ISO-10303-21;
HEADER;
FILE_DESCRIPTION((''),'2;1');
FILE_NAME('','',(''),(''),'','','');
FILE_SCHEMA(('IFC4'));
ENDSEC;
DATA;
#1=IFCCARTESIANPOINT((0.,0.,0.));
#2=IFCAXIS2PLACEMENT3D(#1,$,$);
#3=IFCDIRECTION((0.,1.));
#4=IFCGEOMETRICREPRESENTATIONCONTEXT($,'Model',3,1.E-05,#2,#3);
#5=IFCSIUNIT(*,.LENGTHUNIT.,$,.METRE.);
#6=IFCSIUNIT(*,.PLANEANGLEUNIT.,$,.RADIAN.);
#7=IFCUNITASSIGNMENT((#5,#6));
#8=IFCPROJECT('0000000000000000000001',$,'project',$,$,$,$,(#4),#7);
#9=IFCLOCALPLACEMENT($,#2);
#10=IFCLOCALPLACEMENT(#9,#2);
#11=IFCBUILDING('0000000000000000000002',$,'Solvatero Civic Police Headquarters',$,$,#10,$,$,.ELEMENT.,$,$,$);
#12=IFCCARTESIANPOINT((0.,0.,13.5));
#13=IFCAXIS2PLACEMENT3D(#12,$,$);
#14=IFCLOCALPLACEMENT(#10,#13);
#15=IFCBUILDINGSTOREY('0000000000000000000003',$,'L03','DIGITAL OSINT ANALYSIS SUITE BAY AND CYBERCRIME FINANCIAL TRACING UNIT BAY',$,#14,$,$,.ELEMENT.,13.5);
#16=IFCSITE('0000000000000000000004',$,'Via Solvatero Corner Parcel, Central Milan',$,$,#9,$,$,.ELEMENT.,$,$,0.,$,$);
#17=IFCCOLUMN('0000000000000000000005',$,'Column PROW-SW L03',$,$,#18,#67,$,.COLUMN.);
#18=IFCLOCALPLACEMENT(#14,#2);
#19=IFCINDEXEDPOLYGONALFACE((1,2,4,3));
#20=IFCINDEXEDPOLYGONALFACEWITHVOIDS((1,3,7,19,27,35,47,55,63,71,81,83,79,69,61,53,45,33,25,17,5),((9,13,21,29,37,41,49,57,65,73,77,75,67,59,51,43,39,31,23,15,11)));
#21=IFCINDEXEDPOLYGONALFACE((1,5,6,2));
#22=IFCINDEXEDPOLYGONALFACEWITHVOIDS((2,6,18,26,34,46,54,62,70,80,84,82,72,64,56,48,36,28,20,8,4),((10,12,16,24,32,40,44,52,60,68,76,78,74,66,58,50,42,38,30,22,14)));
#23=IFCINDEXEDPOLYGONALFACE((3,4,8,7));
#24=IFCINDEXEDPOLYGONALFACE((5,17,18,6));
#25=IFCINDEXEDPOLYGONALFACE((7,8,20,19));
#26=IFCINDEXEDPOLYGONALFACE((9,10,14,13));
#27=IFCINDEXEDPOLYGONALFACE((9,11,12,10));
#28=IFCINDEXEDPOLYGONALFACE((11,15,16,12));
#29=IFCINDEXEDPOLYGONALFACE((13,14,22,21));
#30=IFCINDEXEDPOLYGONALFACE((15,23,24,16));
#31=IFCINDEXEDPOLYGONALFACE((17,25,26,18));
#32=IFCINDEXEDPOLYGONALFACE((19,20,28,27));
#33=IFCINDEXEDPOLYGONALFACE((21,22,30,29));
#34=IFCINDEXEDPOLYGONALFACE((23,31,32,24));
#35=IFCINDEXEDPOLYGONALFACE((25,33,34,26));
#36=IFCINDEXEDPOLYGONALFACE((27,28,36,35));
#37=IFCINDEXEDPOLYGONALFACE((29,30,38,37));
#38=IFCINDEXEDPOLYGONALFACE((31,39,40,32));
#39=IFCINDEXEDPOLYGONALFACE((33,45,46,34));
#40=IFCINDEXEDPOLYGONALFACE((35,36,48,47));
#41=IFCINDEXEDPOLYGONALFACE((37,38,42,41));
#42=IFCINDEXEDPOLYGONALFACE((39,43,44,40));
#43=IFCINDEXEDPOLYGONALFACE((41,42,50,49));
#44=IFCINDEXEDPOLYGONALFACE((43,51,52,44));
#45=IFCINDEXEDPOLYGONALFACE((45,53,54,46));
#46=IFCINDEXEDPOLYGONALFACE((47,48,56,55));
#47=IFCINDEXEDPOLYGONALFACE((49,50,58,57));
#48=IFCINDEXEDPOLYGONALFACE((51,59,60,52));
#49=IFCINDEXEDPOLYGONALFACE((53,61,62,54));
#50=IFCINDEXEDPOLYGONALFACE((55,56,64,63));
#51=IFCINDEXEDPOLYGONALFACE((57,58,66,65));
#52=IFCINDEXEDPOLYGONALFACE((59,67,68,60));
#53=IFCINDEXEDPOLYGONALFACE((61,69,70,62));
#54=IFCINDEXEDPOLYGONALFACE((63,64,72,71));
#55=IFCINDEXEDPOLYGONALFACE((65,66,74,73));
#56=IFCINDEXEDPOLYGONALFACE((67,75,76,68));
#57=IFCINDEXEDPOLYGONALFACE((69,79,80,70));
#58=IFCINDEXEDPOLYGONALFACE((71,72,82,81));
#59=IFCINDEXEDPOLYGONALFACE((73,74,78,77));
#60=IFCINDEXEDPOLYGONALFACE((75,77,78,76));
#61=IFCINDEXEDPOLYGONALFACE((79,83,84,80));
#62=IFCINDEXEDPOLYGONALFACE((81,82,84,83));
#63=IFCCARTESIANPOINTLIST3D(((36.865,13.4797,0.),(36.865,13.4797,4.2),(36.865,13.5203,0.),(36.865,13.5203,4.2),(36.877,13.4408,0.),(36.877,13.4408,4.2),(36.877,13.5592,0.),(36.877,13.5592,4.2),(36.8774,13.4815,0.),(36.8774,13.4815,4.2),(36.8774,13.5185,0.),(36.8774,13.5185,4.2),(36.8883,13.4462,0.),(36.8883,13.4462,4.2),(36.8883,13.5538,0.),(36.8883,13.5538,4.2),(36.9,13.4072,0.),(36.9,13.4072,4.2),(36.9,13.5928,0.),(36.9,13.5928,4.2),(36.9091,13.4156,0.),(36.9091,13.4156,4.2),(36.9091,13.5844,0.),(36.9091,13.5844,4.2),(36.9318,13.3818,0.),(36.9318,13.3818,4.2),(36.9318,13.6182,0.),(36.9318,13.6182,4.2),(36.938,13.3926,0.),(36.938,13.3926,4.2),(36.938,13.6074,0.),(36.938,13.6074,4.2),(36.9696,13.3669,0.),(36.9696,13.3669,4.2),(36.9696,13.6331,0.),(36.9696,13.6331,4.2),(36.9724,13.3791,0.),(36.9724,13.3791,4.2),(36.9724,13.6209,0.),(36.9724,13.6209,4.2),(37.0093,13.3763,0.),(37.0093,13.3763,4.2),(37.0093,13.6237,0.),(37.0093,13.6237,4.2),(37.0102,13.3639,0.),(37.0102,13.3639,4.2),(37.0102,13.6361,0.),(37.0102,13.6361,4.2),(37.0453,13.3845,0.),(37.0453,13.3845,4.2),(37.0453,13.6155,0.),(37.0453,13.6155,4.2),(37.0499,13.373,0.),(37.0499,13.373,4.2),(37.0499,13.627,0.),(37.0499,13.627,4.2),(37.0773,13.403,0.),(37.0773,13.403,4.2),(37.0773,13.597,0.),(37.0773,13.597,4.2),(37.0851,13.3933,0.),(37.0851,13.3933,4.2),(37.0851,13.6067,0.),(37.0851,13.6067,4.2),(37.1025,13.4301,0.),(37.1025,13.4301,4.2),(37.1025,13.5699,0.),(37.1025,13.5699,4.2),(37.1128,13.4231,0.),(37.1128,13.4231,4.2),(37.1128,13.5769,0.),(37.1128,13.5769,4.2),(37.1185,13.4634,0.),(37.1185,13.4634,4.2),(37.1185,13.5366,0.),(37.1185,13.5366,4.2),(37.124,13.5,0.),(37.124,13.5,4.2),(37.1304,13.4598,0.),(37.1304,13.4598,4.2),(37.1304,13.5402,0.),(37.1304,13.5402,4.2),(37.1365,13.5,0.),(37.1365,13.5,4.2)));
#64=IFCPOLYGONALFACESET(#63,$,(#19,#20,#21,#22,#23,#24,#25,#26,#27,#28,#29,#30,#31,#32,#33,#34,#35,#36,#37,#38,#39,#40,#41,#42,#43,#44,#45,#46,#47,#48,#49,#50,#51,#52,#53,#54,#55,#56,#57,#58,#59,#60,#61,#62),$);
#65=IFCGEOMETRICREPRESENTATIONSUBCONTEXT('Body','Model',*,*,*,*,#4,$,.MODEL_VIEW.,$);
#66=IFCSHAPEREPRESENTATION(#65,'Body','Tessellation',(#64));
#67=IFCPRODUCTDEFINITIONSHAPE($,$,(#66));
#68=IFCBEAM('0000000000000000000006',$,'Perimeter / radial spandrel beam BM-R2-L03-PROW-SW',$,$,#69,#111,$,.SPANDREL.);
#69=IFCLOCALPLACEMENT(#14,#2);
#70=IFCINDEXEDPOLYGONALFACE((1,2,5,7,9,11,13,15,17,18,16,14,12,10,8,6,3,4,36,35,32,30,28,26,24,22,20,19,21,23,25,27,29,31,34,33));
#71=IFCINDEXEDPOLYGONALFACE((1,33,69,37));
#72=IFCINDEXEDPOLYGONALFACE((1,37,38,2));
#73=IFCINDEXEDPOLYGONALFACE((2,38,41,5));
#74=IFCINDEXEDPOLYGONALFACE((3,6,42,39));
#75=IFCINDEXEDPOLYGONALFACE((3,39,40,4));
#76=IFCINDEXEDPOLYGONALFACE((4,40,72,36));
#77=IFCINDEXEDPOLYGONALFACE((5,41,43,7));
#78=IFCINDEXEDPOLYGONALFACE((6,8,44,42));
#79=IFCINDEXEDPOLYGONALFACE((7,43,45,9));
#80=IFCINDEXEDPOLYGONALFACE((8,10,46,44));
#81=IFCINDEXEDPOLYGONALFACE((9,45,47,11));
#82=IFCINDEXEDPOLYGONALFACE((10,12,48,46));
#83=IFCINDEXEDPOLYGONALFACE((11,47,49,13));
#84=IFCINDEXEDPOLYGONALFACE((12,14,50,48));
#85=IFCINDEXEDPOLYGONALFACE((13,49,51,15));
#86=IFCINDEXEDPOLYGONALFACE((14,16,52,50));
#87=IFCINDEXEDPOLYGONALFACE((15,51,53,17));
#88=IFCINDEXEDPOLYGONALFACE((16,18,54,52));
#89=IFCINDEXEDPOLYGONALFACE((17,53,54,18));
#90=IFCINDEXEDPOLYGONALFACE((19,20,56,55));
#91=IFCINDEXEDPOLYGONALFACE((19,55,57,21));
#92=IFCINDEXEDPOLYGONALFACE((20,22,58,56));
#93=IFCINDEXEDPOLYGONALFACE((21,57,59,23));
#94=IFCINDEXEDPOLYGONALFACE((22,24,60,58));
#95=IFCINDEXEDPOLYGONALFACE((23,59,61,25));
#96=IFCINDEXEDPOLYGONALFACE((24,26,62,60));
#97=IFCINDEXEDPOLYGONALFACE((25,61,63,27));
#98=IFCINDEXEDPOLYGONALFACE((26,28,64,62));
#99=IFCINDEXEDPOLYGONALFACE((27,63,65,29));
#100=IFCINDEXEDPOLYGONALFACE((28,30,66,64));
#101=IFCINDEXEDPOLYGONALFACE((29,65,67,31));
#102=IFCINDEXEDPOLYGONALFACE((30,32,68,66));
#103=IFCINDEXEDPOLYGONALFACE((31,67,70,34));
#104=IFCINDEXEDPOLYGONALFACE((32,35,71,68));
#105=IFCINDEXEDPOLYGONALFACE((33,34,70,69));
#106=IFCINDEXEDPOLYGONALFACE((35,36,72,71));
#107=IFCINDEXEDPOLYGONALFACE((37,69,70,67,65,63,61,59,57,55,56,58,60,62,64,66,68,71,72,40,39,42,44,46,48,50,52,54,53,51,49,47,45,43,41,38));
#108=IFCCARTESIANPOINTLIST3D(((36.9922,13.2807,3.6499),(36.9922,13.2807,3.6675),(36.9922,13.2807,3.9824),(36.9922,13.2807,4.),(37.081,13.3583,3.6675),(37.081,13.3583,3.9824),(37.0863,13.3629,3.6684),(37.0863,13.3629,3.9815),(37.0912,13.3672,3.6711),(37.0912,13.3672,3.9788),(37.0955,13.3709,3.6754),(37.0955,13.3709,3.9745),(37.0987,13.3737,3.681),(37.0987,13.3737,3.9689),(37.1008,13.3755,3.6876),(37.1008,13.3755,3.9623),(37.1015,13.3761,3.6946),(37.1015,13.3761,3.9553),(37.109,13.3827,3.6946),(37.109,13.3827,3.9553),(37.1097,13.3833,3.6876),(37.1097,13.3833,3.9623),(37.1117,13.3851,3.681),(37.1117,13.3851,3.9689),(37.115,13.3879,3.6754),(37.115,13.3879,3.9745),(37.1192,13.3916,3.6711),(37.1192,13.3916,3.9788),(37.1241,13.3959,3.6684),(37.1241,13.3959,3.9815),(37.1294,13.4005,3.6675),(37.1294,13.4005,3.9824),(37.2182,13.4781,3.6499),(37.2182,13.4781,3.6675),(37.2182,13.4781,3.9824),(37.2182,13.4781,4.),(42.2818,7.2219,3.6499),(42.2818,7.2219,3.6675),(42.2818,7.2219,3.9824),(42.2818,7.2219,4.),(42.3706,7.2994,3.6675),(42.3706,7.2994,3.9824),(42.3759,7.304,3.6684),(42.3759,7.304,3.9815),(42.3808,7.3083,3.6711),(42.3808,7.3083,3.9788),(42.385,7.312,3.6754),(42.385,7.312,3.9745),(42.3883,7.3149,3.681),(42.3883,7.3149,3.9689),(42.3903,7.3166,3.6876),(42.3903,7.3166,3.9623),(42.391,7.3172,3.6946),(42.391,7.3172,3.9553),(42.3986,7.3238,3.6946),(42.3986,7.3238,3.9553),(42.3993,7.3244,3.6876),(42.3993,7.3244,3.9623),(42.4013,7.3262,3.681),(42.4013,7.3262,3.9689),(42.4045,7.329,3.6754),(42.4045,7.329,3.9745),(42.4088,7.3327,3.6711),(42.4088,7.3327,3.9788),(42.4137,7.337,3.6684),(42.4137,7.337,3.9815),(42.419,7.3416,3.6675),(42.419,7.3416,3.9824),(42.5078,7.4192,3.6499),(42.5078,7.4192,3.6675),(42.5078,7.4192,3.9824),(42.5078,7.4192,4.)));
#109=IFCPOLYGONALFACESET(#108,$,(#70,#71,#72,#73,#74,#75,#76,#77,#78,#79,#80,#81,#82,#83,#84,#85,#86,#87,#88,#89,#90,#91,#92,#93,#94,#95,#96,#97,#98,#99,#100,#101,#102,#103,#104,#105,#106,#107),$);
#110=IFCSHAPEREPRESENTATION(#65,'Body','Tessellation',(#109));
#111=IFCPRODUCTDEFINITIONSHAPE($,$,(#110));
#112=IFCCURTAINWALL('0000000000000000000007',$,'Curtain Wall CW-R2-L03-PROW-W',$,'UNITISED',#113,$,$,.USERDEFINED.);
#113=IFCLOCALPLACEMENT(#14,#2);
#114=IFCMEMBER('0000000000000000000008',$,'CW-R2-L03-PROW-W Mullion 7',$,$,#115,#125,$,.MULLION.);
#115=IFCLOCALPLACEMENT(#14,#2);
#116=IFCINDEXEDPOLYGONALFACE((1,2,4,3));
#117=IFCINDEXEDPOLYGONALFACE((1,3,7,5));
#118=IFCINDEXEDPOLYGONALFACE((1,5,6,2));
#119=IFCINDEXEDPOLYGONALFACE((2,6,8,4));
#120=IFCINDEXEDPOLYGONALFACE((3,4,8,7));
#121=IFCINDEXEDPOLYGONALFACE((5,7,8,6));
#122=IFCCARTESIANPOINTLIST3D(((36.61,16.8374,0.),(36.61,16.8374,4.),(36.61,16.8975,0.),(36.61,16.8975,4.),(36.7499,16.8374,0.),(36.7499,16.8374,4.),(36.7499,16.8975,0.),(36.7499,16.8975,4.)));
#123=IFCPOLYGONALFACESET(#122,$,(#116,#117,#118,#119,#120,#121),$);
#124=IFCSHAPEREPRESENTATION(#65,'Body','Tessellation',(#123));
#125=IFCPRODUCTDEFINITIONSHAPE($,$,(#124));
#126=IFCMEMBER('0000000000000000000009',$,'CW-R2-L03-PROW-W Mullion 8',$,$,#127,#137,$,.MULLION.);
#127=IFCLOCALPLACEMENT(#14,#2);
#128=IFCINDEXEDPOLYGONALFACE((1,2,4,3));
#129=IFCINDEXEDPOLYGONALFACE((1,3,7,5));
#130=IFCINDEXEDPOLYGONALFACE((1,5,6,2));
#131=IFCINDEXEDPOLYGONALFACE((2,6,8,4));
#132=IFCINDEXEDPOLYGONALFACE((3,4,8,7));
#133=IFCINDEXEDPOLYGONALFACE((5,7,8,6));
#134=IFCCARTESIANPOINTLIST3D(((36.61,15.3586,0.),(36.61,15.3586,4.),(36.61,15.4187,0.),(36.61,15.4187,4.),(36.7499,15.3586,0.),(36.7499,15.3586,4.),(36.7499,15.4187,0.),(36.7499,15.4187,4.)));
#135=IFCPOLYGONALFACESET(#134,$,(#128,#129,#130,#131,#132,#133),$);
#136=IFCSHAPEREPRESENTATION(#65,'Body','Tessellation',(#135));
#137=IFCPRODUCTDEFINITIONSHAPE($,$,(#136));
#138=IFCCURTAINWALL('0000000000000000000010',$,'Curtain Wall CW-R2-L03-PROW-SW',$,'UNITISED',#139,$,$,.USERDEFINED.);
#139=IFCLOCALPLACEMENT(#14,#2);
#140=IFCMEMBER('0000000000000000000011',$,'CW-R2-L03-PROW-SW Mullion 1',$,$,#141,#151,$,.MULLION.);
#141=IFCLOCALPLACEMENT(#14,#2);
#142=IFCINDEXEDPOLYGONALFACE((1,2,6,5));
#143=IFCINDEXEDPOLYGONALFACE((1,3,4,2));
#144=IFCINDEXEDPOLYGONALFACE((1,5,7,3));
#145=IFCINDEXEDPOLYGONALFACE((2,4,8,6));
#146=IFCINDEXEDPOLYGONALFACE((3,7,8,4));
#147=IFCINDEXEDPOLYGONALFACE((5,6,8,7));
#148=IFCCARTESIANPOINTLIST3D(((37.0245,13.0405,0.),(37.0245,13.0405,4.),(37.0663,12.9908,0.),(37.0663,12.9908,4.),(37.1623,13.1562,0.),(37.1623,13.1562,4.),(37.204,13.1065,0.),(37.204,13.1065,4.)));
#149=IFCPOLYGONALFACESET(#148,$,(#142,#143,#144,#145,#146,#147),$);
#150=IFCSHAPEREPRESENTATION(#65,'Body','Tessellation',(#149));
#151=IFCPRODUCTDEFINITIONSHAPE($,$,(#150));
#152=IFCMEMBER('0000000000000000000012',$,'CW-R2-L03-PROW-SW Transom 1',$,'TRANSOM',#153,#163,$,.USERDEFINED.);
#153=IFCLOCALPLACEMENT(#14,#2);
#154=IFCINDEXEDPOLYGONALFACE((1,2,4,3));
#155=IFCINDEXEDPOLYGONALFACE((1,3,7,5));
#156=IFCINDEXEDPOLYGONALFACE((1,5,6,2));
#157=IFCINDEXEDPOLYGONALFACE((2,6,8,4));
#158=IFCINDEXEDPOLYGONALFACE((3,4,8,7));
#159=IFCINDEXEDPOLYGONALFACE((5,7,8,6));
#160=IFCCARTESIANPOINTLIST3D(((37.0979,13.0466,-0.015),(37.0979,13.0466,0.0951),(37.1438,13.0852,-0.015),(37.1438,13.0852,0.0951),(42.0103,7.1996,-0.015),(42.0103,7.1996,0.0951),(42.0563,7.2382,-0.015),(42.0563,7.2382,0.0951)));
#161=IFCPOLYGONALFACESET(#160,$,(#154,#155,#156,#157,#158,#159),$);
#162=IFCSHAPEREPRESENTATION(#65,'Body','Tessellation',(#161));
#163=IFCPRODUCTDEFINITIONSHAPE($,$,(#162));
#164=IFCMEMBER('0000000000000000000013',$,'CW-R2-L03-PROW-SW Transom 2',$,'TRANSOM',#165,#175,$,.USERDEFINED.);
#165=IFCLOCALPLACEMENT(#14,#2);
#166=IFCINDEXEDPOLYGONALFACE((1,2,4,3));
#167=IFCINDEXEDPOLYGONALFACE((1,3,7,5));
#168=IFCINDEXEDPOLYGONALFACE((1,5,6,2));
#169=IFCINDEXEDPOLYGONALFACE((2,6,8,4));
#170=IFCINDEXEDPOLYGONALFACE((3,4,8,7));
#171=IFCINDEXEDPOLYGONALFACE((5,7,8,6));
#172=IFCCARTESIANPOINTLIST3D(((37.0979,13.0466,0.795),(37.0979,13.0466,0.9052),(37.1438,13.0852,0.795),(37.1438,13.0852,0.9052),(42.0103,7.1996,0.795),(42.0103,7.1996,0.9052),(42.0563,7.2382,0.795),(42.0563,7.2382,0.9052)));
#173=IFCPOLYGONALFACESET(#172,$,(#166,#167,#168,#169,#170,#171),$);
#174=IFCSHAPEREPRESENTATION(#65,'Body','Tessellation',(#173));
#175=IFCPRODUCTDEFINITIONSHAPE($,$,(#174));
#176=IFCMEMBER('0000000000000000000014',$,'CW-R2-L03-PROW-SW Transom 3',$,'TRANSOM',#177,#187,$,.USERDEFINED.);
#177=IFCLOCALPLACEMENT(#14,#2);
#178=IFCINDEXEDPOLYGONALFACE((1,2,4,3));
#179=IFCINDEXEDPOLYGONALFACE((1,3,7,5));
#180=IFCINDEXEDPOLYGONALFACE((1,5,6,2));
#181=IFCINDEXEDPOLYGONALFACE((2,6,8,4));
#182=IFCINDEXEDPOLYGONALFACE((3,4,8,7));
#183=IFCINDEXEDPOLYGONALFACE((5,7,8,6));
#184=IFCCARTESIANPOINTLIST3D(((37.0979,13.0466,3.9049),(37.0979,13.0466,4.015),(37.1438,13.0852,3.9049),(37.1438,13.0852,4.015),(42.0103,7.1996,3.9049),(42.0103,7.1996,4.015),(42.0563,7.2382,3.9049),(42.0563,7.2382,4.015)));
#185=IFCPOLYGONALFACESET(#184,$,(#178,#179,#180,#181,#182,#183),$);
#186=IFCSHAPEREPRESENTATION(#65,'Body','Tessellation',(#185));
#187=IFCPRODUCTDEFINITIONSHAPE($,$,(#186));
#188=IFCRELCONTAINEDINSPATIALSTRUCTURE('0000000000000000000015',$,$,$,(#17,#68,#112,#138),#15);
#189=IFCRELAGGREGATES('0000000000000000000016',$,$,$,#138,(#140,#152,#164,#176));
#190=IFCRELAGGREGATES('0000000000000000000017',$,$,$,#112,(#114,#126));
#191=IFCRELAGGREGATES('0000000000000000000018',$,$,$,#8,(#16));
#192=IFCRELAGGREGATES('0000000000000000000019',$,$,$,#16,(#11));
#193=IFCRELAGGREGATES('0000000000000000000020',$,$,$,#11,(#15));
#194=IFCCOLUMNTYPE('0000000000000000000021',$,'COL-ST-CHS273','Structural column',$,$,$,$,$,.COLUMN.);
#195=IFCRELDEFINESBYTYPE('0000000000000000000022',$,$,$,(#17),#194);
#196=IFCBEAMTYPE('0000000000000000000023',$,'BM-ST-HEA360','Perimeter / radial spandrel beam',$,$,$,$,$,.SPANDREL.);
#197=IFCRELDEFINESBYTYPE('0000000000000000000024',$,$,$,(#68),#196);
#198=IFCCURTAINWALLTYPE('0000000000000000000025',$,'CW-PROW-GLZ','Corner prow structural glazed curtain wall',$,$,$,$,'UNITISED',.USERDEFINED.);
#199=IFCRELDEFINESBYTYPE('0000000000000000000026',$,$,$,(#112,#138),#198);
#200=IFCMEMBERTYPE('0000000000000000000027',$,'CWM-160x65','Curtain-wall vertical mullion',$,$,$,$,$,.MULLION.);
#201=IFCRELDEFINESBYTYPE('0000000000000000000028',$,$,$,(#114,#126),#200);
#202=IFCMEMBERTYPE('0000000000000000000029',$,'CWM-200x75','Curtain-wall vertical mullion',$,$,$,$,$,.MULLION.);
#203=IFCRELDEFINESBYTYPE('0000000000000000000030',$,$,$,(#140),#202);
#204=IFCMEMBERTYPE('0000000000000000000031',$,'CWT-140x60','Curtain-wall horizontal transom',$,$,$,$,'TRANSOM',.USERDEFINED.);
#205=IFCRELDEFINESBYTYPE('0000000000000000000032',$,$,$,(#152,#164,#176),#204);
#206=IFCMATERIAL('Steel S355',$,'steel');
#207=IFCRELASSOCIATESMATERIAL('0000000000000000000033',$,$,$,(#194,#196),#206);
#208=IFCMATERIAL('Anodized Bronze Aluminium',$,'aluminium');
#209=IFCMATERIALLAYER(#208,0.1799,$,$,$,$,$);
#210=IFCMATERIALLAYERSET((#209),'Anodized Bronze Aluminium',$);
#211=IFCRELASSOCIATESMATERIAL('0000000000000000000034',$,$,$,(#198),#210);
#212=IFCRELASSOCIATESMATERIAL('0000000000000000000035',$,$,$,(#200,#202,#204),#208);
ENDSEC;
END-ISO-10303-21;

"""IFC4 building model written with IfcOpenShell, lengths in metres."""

from ifc_helpers import new_model, si_unit, direction, frame, origin, origin_2d, place, context, subcontext, project, spatial, rectangle, hollow_circle, i_section, extrude, material, layer, layer_set, material_profile, profile_set, type_object, element, aggregate, save


model = new_model("IFC4")

# Units and contexts
model_context = context("Model", 3, precision=1e-05, world=origin(), true_north=direction((0.0, 1.0)))
body_context = subcontext(model_context, "Body", "Model", "MODEL_VIEW")
ifc_project = project(units=[si_unit("LENGTHUNIT", "METRE"), si_unit("PLANEANGLEUNIT", "RADIAN")], contexts=[model_context])

# Site, building, storey
site_placement = place(None, origin())
site = spatial("IfcSite", under=ifc_project, at=site_placement, Name="Via Solvatero Corner Parcel, Central Milan", CompositionType="ELEMENT", RefElevation=0.0)
building_placement = place(site_placement, origin())
building = spatial("IfcBuilding", under=site, at=building_placement, Name="Solvatero Civic Police Headquarters", CompositionType="ELEMENT")
storey_placement = place(building_placement, frame((0.0, 0.0, 13.5)))
storey = spatial("IfcBuildingStorey", under=building, at=storey_placement, Name="L03", Description="DIGITAL OSINT ANALYSIS SUITE BAY AND CYBERCRIME FINANCIAL TRACING UNIT BAY", CompositionType="ELEMENT", Elevation=13.5)

# Column
ifc_material_1 = material(Name="Steel S355", Category="steel")
ifc_material_profile_1 = material_profile(ifc_material_1, hollow_circle(Radius=0.1365, WallThickness=0.0125, at=origin_2d()), Name="CHS 273.0x12.5")
ifc_profile_set_1 = profile_set([ifc_material_profile_1], Name="Steel S355")
column_type = type_object("IfcColumnType", Name="COL-ST-CHS273", Description="Structural column", PredefinedType="COLUMN", material=ifc_profile_set_1)
column_placement = place(storey_placement, frame((37.0, 13.5, 0.0), z_axis=(0.0, 0.0, 1.0), x_axis=(1.0, 0.0, 0.0)))
element("IfcColumn", 1, at=column_placement, inside=storey, type_object=column_type, Name="Column PROW-SW L03", PredefinedType="COLUMN", context=body_context, shape_type="SweptSolid", body=[
    extrude(hollow_circle(Radius=0.1365, WallThickness=0.0125, at=origin_2d()), origin(), (0.0, 0.0, 1.0), 4.2),
])

# Beam
ifc_material_profile_2 = material_profile(ifc_material_1, i_section(OverallWidth=0.3, OverallDepth=0.3501, WebThickness=0.01, FlangeThickness=0.0176, FilletRadius=0.0271, at=origin_2d()), Name="HEA 360")
ifc_profile_set_2 = profile_set([ifc_material_profile_2], Name="Steel S355")
beam_type = type_object("IfcBeamType", Name="BM-ST-HEA360", Description="Perimeter / radial spandrel beam", PredefinedType="SPANDREL", material=ifc_profile_set_2)
beam_placement = place(storey_placement, frame((37.1052, 13.3794, 3.825), z_axis=(0.657664, -0.753311, 0.0), x_axis=(0.753311, 0.657664, 0.0)))
element("IfcBeam", 2, at=beam_placement, inside=storey, type_object=beam_type, Name="Perimeter / radial spandrel beam BM-R2-L03-PROW-SW", PredefinedType="SPANDREL", context=body_context, shape_type="SweptSolid", body=[
    extrude(i_section(OverallWidth=0.3, OverallDepth=0.3501, WebThickness=0.01, FlangeThickness=0.0176, FilletRadius=0.0271, at=origin_2d()), origin(), (0.0, 0.0, 1.0), 8.043),
])

# Curtain walls, members
ifc_material_2 = material(Name="Anodized Bronze Aluminium", Category="aluminium")
ifc_layer_1 = layer(ifc_material_2, 0.1799)
ifc_layer_set_1 = layer_set([ifc_layer_1], Name="Anodized Bronze Aluminium")
curtain_wall_type = type_object("IfcCurtainWallType", Name="CW-PROW-GLZ", Description="Corner prow structural glazed curtain wall", ElementType="UNITISED", PredefinedType="USERDEFINED", material=ifc_layer_set_1)
curtain_wall_1_placement = place(storey_placement, origin())
curtain_wall_1 = element("IfcCurtainWall", 3, at=curtain_wall_1_placement, inside=storey, type_object=curtain_wall_type, Name="Curtain Wall CW-R2-L03-PROW-W", ObjectType="UNITISED", PredefinedType="USERDEFINED")
ifc_material_profile_3 = material_profile(ifc_material_2, rectangle(XDim=0.0601, YDim=0.1399, at=origin_2d()), Name="ALU MULLION 60x140")
ifc_profile_set_3 = profile_set([ifc_material_profile_3], Name="Anodized Bronze Aluminium")
member_type_1 = type_object("IfcMemberType", Name="CWM-160x65", Description="Curtain-wall vertical mullion", PredefinedType="MULLION", material=ifc_profile_set_3)
member_1_placement = place(storey_placement, frame((36.6799, 16.8674, 0.0), z_axis=(0.0, 0.0, 1.0), x_axis=(0.0, -1.0, 0.0)))
member_1 = element("IfcMember", 4, at=member_1_placement, type_object=member_type_1, Name="CW-R2-L03-PROW-W Mullion 7", PredefinedType="MULLION", context=body_context, shape_type="SweptSolid", body=[
    extrude(rectangle(XDim=0.0601, YDim=0.1399, at=origin_2d()), origin(), (0.0, 0.0, 1.0), 4.0),
])
member_2_placement = place(storey_placement, frame((36.6799, 15.3887, 0.0), z_axis=(0.0, 0.0, 1.0), x_axis=(0.0, -1.0, 0.0)))
member_2 = element("IfcMember", 5, at=member_2_placement, type_object=member_type_1, Name="CW-R2-L03-PROW-W Mullion 8", PredefinedType="MULLION", context=body_context, shape_type="SweptSolid", body=[
    extrude(rectangle(XDim=0.0601, YDim=0.1399, at=origin_2d()), origin(), (0.0, 0.0, 1.0), 4.0),
])
curtain_wall_2_placement = place(storey_placement, origin())
curtain_wall_2 = element("IfcCurtainWall", 6, at=curtain_wall_2_placement, inside=storey, type_object=curtain_wall_type, Name="Curtain Wall CW-R2-L03-PROW-SW", ObjectType="UNITISED", PredefinedType="USERDEFINED")
ifc_material_profile_4 = material_profile(ifc_material_2, rectangle(XDim=0.0649, YDim=0.1799, at=origin_2d()), Name="ALU MULLION 65x180")
ifc_profile_set_4 = profile_set([ifc_material_profile_4], Name="Anodized Bronze Aluminium")
member_type_2 = type_object("IfcMemberType", Name="CWM-200x75", Description="Curtain-wall vertical mullion", PredefinedType="MULLION", material=ifc_profile_set_4)
member_3_placement = place(storey_placement, frame((37.1143, 13.0735, 0.0), z_axis=(0.0, 0.0, 1.0), x_axis=(0.643282, -0.765629, 0.0)))
member_3 = element("IfcMember", 7, at=member_3_placement, type_object=member_type_2, Name="CW-R2-L03-PROW-SW Mullion 1", PredefinedType="MULLION", context=body_context, shape_type="SweptSolid", body=[
    extrude(rectangle(XDim=0.0649, YDim=0.1799, at=origin_2d()), origin(), (0.0, 0.0, 1.0), 4.0),
])
ifc_material_profile_5 = material_profile(ifc_material_2, rectangle(XDim=0.0601, YDim=0.1101, at=origin_2d()), Name="ALU TRANSOM 60x110")
ifc_profile_set_5 = profile_set([ifc_material_profile_5], Name="Anodized Bronze Aluminium")
member_type_3 = type_object("IfcMemberType", Name="CWT-140x60", Description="Curtain-wall horizontal transom", ElementType="TRANSOM", PredefinedType="USERDEFINED", material=ifc_profile_set_5)
member_4_placement = place(storey_placement, frame((37.1208, 13.0659, 0.04), z_axis=(0.643264, -0.765644, 0.0), x_axis=(0.765644, 0.643264, 0.0)))
member_4 = element("IfcMember", 8, at=member_4_placement, type_object=member_type_3, Name="CW-R2-L03-PROW-SW Transom 1", ObjectType="TRANSOM", PredefinedType="USERDEFINED", context=body_context, shape_type="SweptSolid", body=[
    extrude(rectangle(XDim=0.0601, YDim=0.1101, at=origin_2d()), origin(), (0.0, 0.0, 1.0), 7.6367),
])
member_5_placement = place(storey_placement, frame((37.1208, 13.0659, 0.8501), z_axis=(0.643264, -0.765644, 0.0), x_axis=(0.765644, 0.643264, 0.0)))
member_5 = element("IfcMember", 9, at=member_5_placement, type_object=member_type_3, Name="CW-R2-L03-PROW-SW Transom 2", ObjectType="TRANSOM", PredefinedType="USERDEFINED", context=body_context, shape_type="SweptSolid", body=[
    extrude(rectangle(XDim=0.0601, YDim=0.1101, at=origin_2d()), origin(), (0.0, 0.0, 1.0), 7.6367),
])
member_6_placement = place(storey_placement, frame((37.1208, 13.0659, 3.96), z_axis=(0.643264, -0.765644, 0.0), x_axis=(0.765644, 0.643264, 0.0)))
member_6 = element("IfcMember", 10, at=member_6_placement, type_object=member_type_3, Name="CW-R2-L03-PROW-SW Transom 3", ObjectType="TRANSOM", PredefinedType="USERDEFINED", context=body_context, shape_type="SweptSolid", body=[
    extrude(rectangle(XDim=0.0601, YDim=0.1101, at=origin_2d()), origin(), (0.0, 0.0, 1.0), 7.6367),
])
aggregate(curtain_wall_2, [member_3, member_4, member_5, member_6])

aggregate(curtain_wall_1, [member_1, member_2])

save(model, "model.ifc")
